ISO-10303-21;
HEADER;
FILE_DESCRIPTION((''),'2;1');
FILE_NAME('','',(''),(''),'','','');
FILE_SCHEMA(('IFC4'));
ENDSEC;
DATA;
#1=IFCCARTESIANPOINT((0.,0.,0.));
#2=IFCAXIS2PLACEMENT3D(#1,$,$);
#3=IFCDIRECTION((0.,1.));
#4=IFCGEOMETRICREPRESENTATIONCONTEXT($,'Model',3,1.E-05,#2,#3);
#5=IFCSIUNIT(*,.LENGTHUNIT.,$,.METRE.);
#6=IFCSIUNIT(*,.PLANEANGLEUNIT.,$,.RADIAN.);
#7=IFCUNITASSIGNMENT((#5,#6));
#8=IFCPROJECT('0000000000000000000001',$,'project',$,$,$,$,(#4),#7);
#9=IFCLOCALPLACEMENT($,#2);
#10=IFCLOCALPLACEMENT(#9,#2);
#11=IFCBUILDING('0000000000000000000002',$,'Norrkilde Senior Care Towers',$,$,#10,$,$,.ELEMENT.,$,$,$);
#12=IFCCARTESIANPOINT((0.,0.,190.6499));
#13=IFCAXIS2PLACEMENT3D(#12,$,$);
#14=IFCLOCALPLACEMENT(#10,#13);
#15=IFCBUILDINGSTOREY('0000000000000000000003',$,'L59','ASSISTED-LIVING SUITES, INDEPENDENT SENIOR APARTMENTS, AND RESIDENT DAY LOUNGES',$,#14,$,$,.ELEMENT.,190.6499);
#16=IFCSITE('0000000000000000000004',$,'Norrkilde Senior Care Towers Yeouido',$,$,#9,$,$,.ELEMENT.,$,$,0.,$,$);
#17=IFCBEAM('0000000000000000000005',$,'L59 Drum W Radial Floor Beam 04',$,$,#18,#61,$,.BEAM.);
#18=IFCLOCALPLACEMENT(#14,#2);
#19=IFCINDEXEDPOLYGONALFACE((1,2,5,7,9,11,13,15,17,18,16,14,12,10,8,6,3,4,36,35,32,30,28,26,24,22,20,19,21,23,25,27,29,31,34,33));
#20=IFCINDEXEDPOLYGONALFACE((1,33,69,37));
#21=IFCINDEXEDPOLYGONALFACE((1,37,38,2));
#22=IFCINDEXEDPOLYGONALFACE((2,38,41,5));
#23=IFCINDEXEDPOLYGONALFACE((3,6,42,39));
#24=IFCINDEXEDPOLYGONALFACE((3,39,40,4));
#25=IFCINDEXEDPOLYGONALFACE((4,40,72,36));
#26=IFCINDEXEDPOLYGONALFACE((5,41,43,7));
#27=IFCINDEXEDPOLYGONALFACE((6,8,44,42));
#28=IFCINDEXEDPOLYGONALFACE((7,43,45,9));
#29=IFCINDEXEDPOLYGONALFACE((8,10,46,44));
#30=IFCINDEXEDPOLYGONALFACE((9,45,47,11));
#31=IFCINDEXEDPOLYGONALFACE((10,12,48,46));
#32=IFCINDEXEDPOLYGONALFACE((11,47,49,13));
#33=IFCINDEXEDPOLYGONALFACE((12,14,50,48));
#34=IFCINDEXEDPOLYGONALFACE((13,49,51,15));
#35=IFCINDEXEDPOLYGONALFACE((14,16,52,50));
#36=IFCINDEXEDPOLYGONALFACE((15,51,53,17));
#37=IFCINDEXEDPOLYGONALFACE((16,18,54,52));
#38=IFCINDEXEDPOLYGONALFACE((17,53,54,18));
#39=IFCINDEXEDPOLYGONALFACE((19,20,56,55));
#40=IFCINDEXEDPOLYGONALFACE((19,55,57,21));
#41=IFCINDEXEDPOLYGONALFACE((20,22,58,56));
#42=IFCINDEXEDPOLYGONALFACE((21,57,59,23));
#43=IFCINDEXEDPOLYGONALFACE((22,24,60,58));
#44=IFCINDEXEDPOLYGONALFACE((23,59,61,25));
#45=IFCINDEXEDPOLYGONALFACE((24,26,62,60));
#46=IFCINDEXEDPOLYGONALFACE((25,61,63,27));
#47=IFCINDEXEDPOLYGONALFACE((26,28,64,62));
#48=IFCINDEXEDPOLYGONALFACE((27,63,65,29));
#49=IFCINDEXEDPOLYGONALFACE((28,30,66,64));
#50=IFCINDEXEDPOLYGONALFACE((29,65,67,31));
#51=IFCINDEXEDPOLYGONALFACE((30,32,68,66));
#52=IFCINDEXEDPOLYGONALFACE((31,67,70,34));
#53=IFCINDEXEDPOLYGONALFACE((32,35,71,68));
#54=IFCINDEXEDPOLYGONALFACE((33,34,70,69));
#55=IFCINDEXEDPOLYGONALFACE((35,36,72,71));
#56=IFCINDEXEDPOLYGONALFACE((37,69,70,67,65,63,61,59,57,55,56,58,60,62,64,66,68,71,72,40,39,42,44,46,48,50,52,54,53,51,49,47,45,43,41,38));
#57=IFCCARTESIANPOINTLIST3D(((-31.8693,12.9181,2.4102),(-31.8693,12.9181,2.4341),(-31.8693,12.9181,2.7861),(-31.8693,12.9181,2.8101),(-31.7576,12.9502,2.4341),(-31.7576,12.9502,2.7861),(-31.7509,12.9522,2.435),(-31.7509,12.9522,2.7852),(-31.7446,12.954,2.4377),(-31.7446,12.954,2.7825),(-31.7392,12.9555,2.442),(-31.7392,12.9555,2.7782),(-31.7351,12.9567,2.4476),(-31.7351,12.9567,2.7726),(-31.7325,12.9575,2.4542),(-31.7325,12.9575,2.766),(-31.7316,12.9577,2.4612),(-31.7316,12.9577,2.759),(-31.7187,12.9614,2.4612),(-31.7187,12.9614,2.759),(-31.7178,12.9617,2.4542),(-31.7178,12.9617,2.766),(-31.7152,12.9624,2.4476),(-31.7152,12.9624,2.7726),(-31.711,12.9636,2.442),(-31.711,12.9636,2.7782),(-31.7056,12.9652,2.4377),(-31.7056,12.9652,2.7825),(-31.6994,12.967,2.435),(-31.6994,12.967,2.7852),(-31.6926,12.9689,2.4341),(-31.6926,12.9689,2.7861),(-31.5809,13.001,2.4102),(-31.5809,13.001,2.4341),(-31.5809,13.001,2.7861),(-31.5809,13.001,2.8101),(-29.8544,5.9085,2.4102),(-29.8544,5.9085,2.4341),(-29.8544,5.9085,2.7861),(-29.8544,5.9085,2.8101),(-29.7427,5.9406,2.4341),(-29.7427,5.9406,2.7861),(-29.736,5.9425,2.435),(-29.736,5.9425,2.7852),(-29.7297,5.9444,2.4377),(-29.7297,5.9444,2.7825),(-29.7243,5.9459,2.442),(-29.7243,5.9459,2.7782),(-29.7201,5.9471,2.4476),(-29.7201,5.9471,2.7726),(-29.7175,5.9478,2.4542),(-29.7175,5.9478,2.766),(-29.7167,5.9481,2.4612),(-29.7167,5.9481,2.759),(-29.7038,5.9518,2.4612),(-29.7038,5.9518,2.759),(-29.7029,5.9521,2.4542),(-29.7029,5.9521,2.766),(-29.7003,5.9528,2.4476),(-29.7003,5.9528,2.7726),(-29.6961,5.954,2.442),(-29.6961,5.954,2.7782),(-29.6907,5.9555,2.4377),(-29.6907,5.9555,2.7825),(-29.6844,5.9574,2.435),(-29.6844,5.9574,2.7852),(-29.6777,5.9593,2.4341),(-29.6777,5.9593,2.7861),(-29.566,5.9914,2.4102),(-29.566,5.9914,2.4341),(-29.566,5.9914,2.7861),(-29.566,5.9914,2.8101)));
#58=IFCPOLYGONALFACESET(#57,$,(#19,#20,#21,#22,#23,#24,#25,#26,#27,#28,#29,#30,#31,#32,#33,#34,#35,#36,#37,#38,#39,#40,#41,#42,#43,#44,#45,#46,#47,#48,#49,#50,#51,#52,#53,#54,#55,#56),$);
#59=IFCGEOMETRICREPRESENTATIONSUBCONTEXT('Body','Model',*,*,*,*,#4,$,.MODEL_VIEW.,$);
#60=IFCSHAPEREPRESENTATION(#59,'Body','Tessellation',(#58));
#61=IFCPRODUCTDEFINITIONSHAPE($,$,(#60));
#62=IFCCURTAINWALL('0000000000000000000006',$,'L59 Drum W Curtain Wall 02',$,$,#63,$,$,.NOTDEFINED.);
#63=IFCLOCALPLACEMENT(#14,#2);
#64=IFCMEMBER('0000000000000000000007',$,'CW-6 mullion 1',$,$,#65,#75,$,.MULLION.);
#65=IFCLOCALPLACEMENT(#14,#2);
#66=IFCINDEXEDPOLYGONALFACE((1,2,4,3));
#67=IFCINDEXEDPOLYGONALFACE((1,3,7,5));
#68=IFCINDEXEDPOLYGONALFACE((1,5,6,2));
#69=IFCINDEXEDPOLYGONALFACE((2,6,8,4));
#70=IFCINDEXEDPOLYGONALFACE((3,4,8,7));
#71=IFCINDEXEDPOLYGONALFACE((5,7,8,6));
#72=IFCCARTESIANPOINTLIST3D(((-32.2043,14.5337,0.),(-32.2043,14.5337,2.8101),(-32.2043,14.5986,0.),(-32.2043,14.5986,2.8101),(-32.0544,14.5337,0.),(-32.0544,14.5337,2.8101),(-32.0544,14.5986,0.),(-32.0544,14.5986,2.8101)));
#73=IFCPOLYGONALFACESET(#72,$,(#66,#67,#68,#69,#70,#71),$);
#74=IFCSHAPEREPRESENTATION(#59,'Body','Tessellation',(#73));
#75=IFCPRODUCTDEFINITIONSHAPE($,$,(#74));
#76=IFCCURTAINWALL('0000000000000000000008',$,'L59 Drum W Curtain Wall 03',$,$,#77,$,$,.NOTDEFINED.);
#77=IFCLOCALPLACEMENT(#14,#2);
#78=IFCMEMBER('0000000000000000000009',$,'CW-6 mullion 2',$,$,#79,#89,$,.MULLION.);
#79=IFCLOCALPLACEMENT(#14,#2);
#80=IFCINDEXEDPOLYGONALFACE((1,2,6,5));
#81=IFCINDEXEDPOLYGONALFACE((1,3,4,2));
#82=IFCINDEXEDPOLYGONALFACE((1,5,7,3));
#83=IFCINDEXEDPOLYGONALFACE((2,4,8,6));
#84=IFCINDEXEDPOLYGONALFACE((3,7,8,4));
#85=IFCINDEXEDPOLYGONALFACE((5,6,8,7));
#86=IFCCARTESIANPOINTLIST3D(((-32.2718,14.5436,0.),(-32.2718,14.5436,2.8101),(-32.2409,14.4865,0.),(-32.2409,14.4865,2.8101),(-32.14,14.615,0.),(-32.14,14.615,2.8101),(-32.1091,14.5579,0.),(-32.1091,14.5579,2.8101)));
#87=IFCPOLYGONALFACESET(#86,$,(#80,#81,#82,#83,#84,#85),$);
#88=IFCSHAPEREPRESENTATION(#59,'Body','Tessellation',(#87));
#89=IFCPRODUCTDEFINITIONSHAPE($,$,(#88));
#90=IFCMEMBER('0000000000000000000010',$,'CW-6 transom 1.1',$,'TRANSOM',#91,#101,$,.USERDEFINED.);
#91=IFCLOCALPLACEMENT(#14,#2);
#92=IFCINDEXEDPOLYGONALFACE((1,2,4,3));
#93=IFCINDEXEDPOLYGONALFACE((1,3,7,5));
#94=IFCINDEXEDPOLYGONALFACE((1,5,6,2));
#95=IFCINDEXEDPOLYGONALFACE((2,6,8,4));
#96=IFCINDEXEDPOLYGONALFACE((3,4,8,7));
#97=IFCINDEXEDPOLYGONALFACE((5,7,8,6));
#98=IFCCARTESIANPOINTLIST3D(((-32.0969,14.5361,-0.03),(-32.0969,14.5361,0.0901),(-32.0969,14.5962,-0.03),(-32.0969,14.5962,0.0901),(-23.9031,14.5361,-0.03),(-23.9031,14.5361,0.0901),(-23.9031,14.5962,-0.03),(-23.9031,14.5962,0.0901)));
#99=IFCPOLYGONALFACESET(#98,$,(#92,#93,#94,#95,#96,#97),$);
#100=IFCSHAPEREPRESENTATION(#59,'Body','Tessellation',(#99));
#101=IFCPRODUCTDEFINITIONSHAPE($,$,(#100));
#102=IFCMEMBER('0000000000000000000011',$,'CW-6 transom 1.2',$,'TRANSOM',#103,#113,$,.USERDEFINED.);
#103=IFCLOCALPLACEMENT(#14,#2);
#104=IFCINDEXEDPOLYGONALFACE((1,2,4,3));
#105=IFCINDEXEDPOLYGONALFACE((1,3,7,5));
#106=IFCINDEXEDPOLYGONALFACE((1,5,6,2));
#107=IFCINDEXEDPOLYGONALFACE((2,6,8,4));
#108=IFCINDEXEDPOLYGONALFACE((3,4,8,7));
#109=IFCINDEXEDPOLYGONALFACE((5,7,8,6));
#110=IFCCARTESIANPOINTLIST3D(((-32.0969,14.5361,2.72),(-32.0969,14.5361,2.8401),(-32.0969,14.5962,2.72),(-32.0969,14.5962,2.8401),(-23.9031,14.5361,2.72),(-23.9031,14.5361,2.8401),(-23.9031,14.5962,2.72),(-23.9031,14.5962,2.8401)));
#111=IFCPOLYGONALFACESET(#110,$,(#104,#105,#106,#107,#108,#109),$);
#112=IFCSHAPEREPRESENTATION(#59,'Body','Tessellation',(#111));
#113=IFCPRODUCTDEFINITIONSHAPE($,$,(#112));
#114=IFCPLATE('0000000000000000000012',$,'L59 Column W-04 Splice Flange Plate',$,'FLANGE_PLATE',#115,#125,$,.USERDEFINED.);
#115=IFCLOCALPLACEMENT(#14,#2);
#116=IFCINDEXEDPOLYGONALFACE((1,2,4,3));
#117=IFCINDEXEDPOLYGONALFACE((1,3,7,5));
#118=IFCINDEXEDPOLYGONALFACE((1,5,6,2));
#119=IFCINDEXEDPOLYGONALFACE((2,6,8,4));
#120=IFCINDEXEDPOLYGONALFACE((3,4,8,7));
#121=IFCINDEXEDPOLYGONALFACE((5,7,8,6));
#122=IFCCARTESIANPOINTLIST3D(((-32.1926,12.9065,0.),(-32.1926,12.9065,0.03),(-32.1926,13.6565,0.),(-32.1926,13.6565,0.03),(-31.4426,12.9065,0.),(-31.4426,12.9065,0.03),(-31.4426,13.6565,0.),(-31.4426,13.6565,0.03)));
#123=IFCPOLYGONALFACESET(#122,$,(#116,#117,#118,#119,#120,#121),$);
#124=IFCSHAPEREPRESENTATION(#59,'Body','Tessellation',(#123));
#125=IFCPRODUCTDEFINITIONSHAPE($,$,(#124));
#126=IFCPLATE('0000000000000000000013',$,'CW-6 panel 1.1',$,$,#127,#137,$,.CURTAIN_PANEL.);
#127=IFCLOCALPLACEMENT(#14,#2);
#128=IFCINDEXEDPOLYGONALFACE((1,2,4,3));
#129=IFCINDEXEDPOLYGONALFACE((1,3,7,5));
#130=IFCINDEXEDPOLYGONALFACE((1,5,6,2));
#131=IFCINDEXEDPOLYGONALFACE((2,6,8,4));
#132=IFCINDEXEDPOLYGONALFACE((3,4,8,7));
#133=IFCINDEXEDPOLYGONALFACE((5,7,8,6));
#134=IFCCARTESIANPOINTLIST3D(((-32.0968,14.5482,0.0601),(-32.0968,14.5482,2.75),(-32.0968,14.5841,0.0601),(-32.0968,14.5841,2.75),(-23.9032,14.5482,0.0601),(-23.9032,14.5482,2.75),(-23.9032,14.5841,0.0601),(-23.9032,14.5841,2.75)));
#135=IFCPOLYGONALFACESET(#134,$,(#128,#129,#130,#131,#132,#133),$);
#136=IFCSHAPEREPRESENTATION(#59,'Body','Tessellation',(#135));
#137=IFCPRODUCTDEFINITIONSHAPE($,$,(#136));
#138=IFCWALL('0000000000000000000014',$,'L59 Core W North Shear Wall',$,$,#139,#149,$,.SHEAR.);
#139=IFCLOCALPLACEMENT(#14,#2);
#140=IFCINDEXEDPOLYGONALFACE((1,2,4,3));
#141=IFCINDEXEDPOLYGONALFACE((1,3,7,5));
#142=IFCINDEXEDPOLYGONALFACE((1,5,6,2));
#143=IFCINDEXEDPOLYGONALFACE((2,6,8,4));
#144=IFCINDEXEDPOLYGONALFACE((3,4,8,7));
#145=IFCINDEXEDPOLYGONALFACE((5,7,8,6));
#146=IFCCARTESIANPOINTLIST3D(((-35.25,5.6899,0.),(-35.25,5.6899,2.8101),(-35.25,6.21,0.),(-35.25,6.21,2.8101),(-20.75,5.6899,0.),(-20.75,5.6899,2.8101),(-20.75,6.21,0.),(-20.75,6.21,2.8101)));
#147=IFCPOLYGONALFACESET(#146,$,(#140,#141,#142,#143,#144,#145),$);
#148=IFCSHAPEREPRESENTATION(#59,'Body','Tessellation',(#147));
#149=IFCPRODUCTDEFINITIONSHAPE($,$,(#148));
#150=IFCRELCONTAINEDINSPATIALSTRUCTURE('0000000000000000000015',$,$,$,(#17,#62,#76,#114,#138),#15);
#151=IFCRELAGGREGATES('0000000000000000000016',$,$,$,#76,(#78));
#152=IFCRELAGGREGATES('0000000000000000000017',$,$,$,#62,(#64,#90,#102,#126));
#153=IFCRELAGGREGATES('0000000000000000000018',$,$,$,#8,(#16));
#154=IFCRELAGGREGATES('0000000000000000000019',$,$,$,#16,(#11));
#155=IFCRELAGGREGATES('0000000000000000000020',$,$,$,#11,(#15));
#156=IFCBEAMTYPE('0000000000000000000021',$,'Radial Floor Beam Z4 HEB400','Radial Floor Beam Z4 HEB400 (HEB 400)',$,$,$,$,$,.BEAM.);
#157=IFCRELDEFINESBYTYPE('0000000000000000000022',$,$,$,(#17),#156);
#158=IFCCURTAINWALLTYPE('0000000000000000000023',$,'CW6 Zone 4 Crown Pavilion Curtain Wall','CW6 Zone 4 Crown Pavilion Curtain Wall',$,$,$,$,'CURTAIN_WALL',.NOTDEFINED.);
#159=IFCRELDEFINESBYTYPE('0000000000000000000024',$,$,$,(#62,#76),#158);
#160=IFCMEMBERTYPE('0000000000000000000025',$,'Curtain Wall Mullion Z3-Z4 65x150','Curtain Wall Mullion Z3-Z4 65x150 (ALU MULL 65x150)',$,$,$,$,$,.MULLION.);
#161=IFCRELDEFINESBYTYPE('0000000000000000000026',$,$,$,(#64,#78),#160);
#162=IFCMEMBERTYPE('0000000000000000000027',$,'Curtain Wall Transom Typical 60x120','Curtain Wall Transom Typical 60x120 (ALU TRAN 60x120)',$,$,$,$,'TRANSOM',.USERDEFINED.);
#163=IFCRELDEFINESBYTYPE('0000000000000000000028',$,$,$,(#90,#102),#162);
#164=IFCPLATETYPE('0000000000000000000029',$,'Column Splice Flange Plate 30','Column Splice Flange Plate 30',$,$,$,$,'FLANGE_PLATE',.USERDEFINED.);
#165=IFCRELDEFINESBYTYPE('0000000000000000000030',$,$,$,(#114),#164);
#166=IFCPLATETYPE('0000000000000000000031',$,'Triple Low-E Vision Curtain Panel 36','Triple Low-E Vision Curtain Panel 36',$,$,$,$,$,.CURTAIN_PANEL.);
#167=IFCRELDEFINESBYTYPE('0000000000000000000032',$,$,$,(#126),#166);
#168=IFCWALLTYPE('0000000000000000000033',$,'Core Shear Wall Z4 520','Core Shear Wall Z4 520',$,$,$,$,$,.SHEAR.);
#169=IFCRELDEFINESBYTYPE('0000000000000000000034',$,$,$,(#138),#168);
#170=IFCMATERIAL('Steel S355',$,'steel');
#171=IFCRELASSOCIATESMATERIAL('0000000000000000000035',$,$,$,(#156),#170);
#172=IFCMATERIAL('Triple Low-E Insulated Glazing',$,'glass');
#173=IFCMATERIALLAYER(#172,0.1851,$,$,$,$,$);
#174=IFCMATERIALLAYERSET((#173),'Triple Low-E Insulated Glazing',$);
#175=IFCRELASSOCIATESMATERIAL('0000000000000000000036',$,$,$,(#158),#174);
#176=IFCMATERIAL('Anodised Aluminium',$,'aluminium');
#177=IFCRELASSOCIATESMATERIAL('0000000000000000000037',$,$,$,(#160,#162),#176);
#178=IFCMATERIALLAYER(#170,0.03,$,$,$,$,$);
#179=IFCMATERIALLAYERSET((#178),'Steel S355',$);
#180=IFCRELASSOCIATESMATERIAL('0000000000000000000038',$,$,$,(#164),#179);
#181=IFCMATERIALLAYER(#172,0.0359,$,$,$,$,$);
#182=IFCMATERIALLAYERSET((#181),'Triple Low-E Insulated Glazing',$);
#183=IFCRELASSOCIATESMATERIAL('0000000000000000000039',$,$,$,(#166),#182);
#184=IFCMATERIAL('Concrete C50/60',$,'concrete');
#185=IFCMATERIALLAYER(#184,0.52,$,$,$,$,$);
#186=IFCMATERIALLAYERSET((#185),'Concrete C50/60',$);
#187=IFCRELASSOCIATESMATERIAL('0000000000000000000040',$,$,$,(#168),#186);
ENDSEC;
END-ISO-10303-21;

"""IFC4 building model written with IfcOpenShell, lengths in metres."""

from ifc_helpers import new_model, si_unit, direction, frame, frame_2d, origin, origin_2d, place, context, subcontext, project, spatial, rectangle, i_section, extrude, source, transform, mapped, material, layer, layer_set, material_profile, profile_set, type_object, type_shapes, element, aggregate, save


model = new_model("IFC4")

# Units and contexts
model_context = context("Model", 3, precision=1e-05, world=origin(), true_north=direction((0.0, 1.0)))
body_context = subcontext(model_context, "Body", "Model", "MODEL_VIEW")
ifc_project = project(units=[si_unit("LENGTHUNIT", "METRE"), si_unit("PLANEANGLEUNIT", "RADIAN")], contexts=[model_context])

# Site, building, storey
site_placement = place(None, origin())
site = spatial("IfcSite", under=ifc_project, at=site_placement, Name="Norrkilde Senior Care Towers Yeouido", CompositionType="ELEMENT", RefElevation=0.0)
building_placement = place(site_placement, origin())
building = spatial("IfcBuilding", under=site, at=building_placement, Name="Norrkilde Senior Care Towers", CompositionType="ELEMENT")
storey_placement = place(building_placement, frame((0.0, 0.0, 190.6499)))
storey = spatial("IfcBuildingStorey", under=building, at=storey_placement, Name="L59", Description="ASSISTED-LIVING SUITES, INDEPENDENT SENIOR APARTMENTS, AND RESIDENT DAY LOUNGES", CompositionType="ELEMENT", Elevation=190.6499)

# Shared definitions
ifc_material_1 = material(Name="Concrete C50/60", Category="concrete")

# Beam
ifc_material_2 = material(Name="Steel S355", Category="steel")
ifc_material_profile_1 = material_profile(ifc_material_2, i_section(OverallWidth=0.3, OverallDepth=0.3999, WebThickness=0.0134, FlangeThickness=0.0239, FilletRadius=0.0271, at=origin_2d()), Name="HEB 400")
ifc_profile_set_1 = profile_set([ifc_material_profile_1], Name="Steel S355")
beam_type_1 = type_object("IfcBeamType", Name="Radial Floor Beam Z4 HEB400", Description="Radial Floor Beam Z4 HEB400 (HEB 400)", PredefinedType="BEAM", material=ifc_profile_set_1)
shared_shape_1 = source(origin(), body_context, "Body", "SweptSolid", [
    extrude(i_section(OverallWidth=0.3, OverallDepth=0.3999, WebThickness=0.0134, FlangeThickness=0.0239, FilletRadius=0.0271, at=origin_2d()), origin(), (0.0, 0.0, 1.0), 7.2935),
])
beam_1_placement = place(storey_placement, frame((-29.7102, 5.95, 2.6101), z_axis=(-0.276264, 0.961082, 0.0), x_axis=(-0.961082, -0.276264, 0.0)))
element("IfcBeam", 1, at=beam_1_placement, inside=storey, type_object=beam_type_1, Name="L59 Drum W Radial Floor Beam 04", PredefinedType="BEAM", context=body_context, shape_type="MappedRepresentation", body=[
    mapped(shared_shape_1, transform((0.0, 0.0, 0.0), x_axis=(1.0, 0.0, 0.0), y_axis=(0.0, 1.0, 0.0), z_axis=(0.0, 0.0, 1.0), scale=1.0)),
])

# Curtain walls, members
ifc_material_3 = material(Name="Triple Low-E Insulated Glazing", Category="glass")
ifc_layer_1 = layer(ifc_material_3, 0.1851)
ifc_layer_set_1 = layer_set([ifc_layer_1], Name="Triple Low-E Insulated Glazing")
curtain_wall_type = type_object("IfcCurtainWallType", Name="CW6 Zone 4 Crown Pavilion Curtain Wall", Description="CW6 Zone 4 Crown Pavilion Curtain Wall", ElementType="CURTAIN_WALL", PredefinedType="NOTDEFINED", material=ifc_layer_set_1)
curtain_wall_1_placement = place(storey_placement, origin())
curtain_wall_1 = element("IfcCurtainWall", 2, at=curtain_wall_1_placement, inside=storey, type_object=curtain_wall_type, Name="L59 Drum W Curtain Wall 02", PredefinedType="NOTDEFINED")
ifc_material_4 = material(Name="Anodised Aluminium", Category="aluminium")
ifc_material_profile_2 = material_profile(ifc_material_4, rectangle(XDim=0.0649, YDim=0.1499, at=origin_2d()), Name="ALU MULL 65x150")
ifc_profile_set_2 = profile_set([ifc_material_profile_2], Name="Anodised Aluminium")
member_type_1 = type_object("IfcMemberType", Name="Curtain Wall Mullion Z3-Z4 65x150", Description="Curtain Wall Mullion Z3-Z4 65x150 (ALU MULL 65x150)", PredefinedType="MULLION", material=ifc_profile_set_2)
shared_shape_2 = source(origin(), body_context, "Body", "SweptSolid", [
    extrude(rectangle(XDim=0.0649, YDim=0.1499, at=origin_2d()), origin(), (0.0, 0.0, 1.0), 2.8101),
])
type_shapes(member_type_1, [shared_shape_2])
member_1_placement = place(storey_placement, frame((-32.1294, 14.5662, 0.0), z_axis=(0.0, 0.0, 1.0), x_axis=(0.0, 1.0, 0.0)))
member_1 = element("IfcMember", 3, at=member_1_placement, type_object=member_type_1, Name="CW-6 mullion 1", PredefinedType="MULLION", context=body_context, shape_type="MappedRepresentation", body=[
    mapped(shared_shape_2, transform((0.0, 0.0, 0.0), x_axis=(1.0, 0.0, 0.0), y_axis=(0.0, 1.0, 0.0), z_axis=(0.0, 0.0, 1.0), scale=1.0)),
])
curtain_wall_2_placement = place(storey_placement, origin())
curtain_wall_2 = element("IfcCurtainWall", 4, at=curtain_wall_2_placement, inside=storey, type_object=curtain_wall_type, Name="L59 Drum W Curtain Wall 03", PredefinedType="NOTDEFINED")
member_2_placement = place(storey_placement, frame((-32.1904, 14.5508, 0.0), z_axis=(0.0, 0.0, 1.0), x_axis=(-0.476133, 0.879373, 0.0)))
member_2 = element("IfcMember", 5, at=member_2_placement, type_object=member_type_1, Name="CW-6 mullion 2", PredefinedType="MULLION", context=body_context, shape_type="MappedRepresentation", body=[
    mapped(shared_shape_2, transform((0.0, 0.0, 0.0), x_axis=(1.0, 0.0, 0.0), y_axis=(0.0, 1.0, 0.0), z_axis=(0.0, 0.0, 1.0), scale=1.0)),
])
aggregate(curtain_wall_2, [member_2])

# Members
ifc_material_profile_3 = material_profile(ifc_material_4, rectangle(XDim=0.0601, YDim=0.1201, at=origin_2d()), Name="ALU TRAN 60x120")
ifc_profile_set_3 = profile_set([ifc_material_profile_3], Name="Anodised Aluminium")
member_type_2 = type_object("IfcMemberType", Name="Curtain Wall Transom Typical 60x120", Description="Curtain Wall Transom Typical 60x120 (ALU TRAN 60x120)", ElementType="TRANSOM", PredefinedType="USERDEFINED", material=ifc_profile_set_3)
shared_shape_3 = source(origin(), body_context, "Body", "SweptSolid", [
    extrude(rectangle(XDim=0.0601, YDim=0.1201, at=origin_2d()), origin(), (0.0, 0.0, 1.0), 8.1938),
])
type_shapes(member_type_2, [shared_shape_3])
member_3_placement = place(storey_placement, frame((-32.0969, 14.5662, 0.03), z_axis=(1.0, 0.0, 0.0), x_axis=(0.0, 1.0, 0.0)))
member_3 = element("IfcMember", 6, at=member_3_placement, type_object=member_type_2, Name="CW-6 transom 1.1", ObjectType="TRANSOM", PredefinedType="USERDEFINED", context=body_context, shape_type="MappedRepresentation", body=[
    mapped(shared_shape_3, transform((0.0, 0.0, 0.0), x_axis=(1.0, 0.0, 0.0), y_axis=(0.0, 1.0, 0.0), z_axis=(0.0, 0.0, 1.0), scale=1.0)),
])
member_4_placement = place(storey_placement, frame((-32.0969, 14.5662, 2.78), z_axis=(1.0, 0.0, 0.0), x_axis=(0.0, 1.0, 0.0)))
member_4 = element("IfcMember", 7, at=member_4_placement, type_object=member_type_2, Name="CW-6 transom 1.2", ObjectType="TRANSOM", PredefinedType="USERDEFINED", context=body_context, shape_type="MappedRepresentation", body=[
    mapped(shared_shape_3, transform((0.0, 0.0, 0.0), x_axis=(1.0, 0.0, 0.0), y_axis=(0.0, 1.0, 0.0), z_axis=(0.0, 0.0, 1.0), scale=1.0)),
])

# Plates
ifc_layer_2 = layer(ifc_material_2, 0.03)
ifc_layer_set_2 = layer_set([ifc_layer_2], Name="Steel S355")
plate_type_1 = type_object("IfcPlateType", Name="Column Splice Flange Plate 30", Description="Column Splice Flange Plate 30", ElementType="FLANGE_PLATE", PredefinedType="USERDEFINED", material=ifc_layer_set_2)
shared_shape_4 = source(origin(), body_context, "Body", "SweptSolid", [
    extrude(rectangle(XDim=0.75, YDim=0.75, at=origin_2d()), origin(), (0.0, 0.0, 1.0), 0.03),
])
type_shapes(plate_type_1, [shared_shape_4])
plate_1_placement = place(storey_placement, frame((-31.8176, 13.2815, 0.0), z_axis=(0.0, 0.0, 1.0), x_axis=(1.0, 0.0, 0.0)))
element("IfcPlate", 8, at=plate_1_placement, inside=storey, type_object=plate_type_1, Name="L59 Column W-04 Splice Flange Plate", ObjectType="FLANGE_PLATE", PredefinedType="USERDEFINED", context=body_context, shape_type="MappedRepresentation", body=[
    mapped(shared_shape_4, transform((0.0, 0.0, 0.0), x_axis=(1.0, 0.0, 0.0), y_axis=(0.0, 1.0, 0.0), z_axis=(0.0, 0.0, 1.0), scale=1.0)),
])
ifc_layer_3 = layer(ifc_material_3, 0.0359)
ifc_layer_set_3 = layer_set([ifc_layer_3], Name="Triple Low-E Insulated Glazing")
plate_type_2 = type_object("IfcPlateType", Name="Triple Low-E Vision Curtain Panel 36", Description="Triple Low-E Vision Curtain Panel 36", PredefinedType="CURTAIN_PANEL", material=ifc_layer_set_3)
shared_shape_5 = source(origin(), body_context, "Body", "SweptSolid", [
    extrude(rectangle(XDim=8.1936, YDim=0.0359, at=origin_2d()), origin(), (0.0, 0.0, 1.0), 2.6899),
])
type_shapes(plate_type_2, [shared_shape_5])
plate_2_placement = place(storey_placement, frame((-28.0, 14.5662, 0.0601), z_axis=(0.0, 0.0, 1.0), x_axis=(1.0, 0.0, 0.0)))
plate_2 = element("IfcPlate", 9, at=plate_2_placement, type_object=plate_type_2, Name="CW-6 panel 1.1", PredefinedType="CURTAIN_PANEL", context=body_context, shape_type="MappedRepresentation", body=[
    mapped(shared_shape_5, transform((0.0, 0.0, 0.0), x_axis=(1.0, 0.0, 0.0), y_axis=(0.0, 1.0, 0.0), z_axis=(0.0, 0.0, 1.0), scale=1.0)),
])
aggregate(curtain_wall_1, [member_1, member_3, member_4, plate_2])

# Wall
ifc_layer_4 = layer(ifc_material_1, 0.52)
ifc_layer_set_4 = layer_set([ifc_layer_4], Name="Concrete C50/60")
wall_type_1 = type_object("IfcWallType", Name="Core Shear Wall Z4 520", Description="Core Shear Wall Z4 520", PredefinedType="SHEAR", material=ifc_layer_set_4)
shared_shape_6 = source(origin(), body_context, "Body", "SweptSolid", [
    extrude(rectangle(XDim=14.5, YDim=0.52, at=frame_2d((7.25, 0.0))), origin(), (0.0, 0.0, 1.0), 2.8101),
])
type_shapes(wall_type_1, [shared_shape_6])
wall_1_placement = place(storey_placement, frame((-35.25, 5.95, 0.0), z_axis=(0.0, 0.0, 1.0), x_axis=(1.0, 0.0, 0.0)))
element("IfcWall", 10, at=wall_1_placement, inside=storey, type_object=wall_type_1, Name="L59 Core W North Shear Wall", PredefinedType="SHEAR", context=body_context, shape_type="MappedRepresentation", body=[
    mapped(shared_shape_6, transform((0.0, 0.0, 0.0), x_axis=(1.0, 0.0, 0.0), y_axis=(0.0, 1.0, 0.0), z_axis=(0.0, 0.0, 1.0), scale=1.0)),
])

save(model, "model.ifc")
